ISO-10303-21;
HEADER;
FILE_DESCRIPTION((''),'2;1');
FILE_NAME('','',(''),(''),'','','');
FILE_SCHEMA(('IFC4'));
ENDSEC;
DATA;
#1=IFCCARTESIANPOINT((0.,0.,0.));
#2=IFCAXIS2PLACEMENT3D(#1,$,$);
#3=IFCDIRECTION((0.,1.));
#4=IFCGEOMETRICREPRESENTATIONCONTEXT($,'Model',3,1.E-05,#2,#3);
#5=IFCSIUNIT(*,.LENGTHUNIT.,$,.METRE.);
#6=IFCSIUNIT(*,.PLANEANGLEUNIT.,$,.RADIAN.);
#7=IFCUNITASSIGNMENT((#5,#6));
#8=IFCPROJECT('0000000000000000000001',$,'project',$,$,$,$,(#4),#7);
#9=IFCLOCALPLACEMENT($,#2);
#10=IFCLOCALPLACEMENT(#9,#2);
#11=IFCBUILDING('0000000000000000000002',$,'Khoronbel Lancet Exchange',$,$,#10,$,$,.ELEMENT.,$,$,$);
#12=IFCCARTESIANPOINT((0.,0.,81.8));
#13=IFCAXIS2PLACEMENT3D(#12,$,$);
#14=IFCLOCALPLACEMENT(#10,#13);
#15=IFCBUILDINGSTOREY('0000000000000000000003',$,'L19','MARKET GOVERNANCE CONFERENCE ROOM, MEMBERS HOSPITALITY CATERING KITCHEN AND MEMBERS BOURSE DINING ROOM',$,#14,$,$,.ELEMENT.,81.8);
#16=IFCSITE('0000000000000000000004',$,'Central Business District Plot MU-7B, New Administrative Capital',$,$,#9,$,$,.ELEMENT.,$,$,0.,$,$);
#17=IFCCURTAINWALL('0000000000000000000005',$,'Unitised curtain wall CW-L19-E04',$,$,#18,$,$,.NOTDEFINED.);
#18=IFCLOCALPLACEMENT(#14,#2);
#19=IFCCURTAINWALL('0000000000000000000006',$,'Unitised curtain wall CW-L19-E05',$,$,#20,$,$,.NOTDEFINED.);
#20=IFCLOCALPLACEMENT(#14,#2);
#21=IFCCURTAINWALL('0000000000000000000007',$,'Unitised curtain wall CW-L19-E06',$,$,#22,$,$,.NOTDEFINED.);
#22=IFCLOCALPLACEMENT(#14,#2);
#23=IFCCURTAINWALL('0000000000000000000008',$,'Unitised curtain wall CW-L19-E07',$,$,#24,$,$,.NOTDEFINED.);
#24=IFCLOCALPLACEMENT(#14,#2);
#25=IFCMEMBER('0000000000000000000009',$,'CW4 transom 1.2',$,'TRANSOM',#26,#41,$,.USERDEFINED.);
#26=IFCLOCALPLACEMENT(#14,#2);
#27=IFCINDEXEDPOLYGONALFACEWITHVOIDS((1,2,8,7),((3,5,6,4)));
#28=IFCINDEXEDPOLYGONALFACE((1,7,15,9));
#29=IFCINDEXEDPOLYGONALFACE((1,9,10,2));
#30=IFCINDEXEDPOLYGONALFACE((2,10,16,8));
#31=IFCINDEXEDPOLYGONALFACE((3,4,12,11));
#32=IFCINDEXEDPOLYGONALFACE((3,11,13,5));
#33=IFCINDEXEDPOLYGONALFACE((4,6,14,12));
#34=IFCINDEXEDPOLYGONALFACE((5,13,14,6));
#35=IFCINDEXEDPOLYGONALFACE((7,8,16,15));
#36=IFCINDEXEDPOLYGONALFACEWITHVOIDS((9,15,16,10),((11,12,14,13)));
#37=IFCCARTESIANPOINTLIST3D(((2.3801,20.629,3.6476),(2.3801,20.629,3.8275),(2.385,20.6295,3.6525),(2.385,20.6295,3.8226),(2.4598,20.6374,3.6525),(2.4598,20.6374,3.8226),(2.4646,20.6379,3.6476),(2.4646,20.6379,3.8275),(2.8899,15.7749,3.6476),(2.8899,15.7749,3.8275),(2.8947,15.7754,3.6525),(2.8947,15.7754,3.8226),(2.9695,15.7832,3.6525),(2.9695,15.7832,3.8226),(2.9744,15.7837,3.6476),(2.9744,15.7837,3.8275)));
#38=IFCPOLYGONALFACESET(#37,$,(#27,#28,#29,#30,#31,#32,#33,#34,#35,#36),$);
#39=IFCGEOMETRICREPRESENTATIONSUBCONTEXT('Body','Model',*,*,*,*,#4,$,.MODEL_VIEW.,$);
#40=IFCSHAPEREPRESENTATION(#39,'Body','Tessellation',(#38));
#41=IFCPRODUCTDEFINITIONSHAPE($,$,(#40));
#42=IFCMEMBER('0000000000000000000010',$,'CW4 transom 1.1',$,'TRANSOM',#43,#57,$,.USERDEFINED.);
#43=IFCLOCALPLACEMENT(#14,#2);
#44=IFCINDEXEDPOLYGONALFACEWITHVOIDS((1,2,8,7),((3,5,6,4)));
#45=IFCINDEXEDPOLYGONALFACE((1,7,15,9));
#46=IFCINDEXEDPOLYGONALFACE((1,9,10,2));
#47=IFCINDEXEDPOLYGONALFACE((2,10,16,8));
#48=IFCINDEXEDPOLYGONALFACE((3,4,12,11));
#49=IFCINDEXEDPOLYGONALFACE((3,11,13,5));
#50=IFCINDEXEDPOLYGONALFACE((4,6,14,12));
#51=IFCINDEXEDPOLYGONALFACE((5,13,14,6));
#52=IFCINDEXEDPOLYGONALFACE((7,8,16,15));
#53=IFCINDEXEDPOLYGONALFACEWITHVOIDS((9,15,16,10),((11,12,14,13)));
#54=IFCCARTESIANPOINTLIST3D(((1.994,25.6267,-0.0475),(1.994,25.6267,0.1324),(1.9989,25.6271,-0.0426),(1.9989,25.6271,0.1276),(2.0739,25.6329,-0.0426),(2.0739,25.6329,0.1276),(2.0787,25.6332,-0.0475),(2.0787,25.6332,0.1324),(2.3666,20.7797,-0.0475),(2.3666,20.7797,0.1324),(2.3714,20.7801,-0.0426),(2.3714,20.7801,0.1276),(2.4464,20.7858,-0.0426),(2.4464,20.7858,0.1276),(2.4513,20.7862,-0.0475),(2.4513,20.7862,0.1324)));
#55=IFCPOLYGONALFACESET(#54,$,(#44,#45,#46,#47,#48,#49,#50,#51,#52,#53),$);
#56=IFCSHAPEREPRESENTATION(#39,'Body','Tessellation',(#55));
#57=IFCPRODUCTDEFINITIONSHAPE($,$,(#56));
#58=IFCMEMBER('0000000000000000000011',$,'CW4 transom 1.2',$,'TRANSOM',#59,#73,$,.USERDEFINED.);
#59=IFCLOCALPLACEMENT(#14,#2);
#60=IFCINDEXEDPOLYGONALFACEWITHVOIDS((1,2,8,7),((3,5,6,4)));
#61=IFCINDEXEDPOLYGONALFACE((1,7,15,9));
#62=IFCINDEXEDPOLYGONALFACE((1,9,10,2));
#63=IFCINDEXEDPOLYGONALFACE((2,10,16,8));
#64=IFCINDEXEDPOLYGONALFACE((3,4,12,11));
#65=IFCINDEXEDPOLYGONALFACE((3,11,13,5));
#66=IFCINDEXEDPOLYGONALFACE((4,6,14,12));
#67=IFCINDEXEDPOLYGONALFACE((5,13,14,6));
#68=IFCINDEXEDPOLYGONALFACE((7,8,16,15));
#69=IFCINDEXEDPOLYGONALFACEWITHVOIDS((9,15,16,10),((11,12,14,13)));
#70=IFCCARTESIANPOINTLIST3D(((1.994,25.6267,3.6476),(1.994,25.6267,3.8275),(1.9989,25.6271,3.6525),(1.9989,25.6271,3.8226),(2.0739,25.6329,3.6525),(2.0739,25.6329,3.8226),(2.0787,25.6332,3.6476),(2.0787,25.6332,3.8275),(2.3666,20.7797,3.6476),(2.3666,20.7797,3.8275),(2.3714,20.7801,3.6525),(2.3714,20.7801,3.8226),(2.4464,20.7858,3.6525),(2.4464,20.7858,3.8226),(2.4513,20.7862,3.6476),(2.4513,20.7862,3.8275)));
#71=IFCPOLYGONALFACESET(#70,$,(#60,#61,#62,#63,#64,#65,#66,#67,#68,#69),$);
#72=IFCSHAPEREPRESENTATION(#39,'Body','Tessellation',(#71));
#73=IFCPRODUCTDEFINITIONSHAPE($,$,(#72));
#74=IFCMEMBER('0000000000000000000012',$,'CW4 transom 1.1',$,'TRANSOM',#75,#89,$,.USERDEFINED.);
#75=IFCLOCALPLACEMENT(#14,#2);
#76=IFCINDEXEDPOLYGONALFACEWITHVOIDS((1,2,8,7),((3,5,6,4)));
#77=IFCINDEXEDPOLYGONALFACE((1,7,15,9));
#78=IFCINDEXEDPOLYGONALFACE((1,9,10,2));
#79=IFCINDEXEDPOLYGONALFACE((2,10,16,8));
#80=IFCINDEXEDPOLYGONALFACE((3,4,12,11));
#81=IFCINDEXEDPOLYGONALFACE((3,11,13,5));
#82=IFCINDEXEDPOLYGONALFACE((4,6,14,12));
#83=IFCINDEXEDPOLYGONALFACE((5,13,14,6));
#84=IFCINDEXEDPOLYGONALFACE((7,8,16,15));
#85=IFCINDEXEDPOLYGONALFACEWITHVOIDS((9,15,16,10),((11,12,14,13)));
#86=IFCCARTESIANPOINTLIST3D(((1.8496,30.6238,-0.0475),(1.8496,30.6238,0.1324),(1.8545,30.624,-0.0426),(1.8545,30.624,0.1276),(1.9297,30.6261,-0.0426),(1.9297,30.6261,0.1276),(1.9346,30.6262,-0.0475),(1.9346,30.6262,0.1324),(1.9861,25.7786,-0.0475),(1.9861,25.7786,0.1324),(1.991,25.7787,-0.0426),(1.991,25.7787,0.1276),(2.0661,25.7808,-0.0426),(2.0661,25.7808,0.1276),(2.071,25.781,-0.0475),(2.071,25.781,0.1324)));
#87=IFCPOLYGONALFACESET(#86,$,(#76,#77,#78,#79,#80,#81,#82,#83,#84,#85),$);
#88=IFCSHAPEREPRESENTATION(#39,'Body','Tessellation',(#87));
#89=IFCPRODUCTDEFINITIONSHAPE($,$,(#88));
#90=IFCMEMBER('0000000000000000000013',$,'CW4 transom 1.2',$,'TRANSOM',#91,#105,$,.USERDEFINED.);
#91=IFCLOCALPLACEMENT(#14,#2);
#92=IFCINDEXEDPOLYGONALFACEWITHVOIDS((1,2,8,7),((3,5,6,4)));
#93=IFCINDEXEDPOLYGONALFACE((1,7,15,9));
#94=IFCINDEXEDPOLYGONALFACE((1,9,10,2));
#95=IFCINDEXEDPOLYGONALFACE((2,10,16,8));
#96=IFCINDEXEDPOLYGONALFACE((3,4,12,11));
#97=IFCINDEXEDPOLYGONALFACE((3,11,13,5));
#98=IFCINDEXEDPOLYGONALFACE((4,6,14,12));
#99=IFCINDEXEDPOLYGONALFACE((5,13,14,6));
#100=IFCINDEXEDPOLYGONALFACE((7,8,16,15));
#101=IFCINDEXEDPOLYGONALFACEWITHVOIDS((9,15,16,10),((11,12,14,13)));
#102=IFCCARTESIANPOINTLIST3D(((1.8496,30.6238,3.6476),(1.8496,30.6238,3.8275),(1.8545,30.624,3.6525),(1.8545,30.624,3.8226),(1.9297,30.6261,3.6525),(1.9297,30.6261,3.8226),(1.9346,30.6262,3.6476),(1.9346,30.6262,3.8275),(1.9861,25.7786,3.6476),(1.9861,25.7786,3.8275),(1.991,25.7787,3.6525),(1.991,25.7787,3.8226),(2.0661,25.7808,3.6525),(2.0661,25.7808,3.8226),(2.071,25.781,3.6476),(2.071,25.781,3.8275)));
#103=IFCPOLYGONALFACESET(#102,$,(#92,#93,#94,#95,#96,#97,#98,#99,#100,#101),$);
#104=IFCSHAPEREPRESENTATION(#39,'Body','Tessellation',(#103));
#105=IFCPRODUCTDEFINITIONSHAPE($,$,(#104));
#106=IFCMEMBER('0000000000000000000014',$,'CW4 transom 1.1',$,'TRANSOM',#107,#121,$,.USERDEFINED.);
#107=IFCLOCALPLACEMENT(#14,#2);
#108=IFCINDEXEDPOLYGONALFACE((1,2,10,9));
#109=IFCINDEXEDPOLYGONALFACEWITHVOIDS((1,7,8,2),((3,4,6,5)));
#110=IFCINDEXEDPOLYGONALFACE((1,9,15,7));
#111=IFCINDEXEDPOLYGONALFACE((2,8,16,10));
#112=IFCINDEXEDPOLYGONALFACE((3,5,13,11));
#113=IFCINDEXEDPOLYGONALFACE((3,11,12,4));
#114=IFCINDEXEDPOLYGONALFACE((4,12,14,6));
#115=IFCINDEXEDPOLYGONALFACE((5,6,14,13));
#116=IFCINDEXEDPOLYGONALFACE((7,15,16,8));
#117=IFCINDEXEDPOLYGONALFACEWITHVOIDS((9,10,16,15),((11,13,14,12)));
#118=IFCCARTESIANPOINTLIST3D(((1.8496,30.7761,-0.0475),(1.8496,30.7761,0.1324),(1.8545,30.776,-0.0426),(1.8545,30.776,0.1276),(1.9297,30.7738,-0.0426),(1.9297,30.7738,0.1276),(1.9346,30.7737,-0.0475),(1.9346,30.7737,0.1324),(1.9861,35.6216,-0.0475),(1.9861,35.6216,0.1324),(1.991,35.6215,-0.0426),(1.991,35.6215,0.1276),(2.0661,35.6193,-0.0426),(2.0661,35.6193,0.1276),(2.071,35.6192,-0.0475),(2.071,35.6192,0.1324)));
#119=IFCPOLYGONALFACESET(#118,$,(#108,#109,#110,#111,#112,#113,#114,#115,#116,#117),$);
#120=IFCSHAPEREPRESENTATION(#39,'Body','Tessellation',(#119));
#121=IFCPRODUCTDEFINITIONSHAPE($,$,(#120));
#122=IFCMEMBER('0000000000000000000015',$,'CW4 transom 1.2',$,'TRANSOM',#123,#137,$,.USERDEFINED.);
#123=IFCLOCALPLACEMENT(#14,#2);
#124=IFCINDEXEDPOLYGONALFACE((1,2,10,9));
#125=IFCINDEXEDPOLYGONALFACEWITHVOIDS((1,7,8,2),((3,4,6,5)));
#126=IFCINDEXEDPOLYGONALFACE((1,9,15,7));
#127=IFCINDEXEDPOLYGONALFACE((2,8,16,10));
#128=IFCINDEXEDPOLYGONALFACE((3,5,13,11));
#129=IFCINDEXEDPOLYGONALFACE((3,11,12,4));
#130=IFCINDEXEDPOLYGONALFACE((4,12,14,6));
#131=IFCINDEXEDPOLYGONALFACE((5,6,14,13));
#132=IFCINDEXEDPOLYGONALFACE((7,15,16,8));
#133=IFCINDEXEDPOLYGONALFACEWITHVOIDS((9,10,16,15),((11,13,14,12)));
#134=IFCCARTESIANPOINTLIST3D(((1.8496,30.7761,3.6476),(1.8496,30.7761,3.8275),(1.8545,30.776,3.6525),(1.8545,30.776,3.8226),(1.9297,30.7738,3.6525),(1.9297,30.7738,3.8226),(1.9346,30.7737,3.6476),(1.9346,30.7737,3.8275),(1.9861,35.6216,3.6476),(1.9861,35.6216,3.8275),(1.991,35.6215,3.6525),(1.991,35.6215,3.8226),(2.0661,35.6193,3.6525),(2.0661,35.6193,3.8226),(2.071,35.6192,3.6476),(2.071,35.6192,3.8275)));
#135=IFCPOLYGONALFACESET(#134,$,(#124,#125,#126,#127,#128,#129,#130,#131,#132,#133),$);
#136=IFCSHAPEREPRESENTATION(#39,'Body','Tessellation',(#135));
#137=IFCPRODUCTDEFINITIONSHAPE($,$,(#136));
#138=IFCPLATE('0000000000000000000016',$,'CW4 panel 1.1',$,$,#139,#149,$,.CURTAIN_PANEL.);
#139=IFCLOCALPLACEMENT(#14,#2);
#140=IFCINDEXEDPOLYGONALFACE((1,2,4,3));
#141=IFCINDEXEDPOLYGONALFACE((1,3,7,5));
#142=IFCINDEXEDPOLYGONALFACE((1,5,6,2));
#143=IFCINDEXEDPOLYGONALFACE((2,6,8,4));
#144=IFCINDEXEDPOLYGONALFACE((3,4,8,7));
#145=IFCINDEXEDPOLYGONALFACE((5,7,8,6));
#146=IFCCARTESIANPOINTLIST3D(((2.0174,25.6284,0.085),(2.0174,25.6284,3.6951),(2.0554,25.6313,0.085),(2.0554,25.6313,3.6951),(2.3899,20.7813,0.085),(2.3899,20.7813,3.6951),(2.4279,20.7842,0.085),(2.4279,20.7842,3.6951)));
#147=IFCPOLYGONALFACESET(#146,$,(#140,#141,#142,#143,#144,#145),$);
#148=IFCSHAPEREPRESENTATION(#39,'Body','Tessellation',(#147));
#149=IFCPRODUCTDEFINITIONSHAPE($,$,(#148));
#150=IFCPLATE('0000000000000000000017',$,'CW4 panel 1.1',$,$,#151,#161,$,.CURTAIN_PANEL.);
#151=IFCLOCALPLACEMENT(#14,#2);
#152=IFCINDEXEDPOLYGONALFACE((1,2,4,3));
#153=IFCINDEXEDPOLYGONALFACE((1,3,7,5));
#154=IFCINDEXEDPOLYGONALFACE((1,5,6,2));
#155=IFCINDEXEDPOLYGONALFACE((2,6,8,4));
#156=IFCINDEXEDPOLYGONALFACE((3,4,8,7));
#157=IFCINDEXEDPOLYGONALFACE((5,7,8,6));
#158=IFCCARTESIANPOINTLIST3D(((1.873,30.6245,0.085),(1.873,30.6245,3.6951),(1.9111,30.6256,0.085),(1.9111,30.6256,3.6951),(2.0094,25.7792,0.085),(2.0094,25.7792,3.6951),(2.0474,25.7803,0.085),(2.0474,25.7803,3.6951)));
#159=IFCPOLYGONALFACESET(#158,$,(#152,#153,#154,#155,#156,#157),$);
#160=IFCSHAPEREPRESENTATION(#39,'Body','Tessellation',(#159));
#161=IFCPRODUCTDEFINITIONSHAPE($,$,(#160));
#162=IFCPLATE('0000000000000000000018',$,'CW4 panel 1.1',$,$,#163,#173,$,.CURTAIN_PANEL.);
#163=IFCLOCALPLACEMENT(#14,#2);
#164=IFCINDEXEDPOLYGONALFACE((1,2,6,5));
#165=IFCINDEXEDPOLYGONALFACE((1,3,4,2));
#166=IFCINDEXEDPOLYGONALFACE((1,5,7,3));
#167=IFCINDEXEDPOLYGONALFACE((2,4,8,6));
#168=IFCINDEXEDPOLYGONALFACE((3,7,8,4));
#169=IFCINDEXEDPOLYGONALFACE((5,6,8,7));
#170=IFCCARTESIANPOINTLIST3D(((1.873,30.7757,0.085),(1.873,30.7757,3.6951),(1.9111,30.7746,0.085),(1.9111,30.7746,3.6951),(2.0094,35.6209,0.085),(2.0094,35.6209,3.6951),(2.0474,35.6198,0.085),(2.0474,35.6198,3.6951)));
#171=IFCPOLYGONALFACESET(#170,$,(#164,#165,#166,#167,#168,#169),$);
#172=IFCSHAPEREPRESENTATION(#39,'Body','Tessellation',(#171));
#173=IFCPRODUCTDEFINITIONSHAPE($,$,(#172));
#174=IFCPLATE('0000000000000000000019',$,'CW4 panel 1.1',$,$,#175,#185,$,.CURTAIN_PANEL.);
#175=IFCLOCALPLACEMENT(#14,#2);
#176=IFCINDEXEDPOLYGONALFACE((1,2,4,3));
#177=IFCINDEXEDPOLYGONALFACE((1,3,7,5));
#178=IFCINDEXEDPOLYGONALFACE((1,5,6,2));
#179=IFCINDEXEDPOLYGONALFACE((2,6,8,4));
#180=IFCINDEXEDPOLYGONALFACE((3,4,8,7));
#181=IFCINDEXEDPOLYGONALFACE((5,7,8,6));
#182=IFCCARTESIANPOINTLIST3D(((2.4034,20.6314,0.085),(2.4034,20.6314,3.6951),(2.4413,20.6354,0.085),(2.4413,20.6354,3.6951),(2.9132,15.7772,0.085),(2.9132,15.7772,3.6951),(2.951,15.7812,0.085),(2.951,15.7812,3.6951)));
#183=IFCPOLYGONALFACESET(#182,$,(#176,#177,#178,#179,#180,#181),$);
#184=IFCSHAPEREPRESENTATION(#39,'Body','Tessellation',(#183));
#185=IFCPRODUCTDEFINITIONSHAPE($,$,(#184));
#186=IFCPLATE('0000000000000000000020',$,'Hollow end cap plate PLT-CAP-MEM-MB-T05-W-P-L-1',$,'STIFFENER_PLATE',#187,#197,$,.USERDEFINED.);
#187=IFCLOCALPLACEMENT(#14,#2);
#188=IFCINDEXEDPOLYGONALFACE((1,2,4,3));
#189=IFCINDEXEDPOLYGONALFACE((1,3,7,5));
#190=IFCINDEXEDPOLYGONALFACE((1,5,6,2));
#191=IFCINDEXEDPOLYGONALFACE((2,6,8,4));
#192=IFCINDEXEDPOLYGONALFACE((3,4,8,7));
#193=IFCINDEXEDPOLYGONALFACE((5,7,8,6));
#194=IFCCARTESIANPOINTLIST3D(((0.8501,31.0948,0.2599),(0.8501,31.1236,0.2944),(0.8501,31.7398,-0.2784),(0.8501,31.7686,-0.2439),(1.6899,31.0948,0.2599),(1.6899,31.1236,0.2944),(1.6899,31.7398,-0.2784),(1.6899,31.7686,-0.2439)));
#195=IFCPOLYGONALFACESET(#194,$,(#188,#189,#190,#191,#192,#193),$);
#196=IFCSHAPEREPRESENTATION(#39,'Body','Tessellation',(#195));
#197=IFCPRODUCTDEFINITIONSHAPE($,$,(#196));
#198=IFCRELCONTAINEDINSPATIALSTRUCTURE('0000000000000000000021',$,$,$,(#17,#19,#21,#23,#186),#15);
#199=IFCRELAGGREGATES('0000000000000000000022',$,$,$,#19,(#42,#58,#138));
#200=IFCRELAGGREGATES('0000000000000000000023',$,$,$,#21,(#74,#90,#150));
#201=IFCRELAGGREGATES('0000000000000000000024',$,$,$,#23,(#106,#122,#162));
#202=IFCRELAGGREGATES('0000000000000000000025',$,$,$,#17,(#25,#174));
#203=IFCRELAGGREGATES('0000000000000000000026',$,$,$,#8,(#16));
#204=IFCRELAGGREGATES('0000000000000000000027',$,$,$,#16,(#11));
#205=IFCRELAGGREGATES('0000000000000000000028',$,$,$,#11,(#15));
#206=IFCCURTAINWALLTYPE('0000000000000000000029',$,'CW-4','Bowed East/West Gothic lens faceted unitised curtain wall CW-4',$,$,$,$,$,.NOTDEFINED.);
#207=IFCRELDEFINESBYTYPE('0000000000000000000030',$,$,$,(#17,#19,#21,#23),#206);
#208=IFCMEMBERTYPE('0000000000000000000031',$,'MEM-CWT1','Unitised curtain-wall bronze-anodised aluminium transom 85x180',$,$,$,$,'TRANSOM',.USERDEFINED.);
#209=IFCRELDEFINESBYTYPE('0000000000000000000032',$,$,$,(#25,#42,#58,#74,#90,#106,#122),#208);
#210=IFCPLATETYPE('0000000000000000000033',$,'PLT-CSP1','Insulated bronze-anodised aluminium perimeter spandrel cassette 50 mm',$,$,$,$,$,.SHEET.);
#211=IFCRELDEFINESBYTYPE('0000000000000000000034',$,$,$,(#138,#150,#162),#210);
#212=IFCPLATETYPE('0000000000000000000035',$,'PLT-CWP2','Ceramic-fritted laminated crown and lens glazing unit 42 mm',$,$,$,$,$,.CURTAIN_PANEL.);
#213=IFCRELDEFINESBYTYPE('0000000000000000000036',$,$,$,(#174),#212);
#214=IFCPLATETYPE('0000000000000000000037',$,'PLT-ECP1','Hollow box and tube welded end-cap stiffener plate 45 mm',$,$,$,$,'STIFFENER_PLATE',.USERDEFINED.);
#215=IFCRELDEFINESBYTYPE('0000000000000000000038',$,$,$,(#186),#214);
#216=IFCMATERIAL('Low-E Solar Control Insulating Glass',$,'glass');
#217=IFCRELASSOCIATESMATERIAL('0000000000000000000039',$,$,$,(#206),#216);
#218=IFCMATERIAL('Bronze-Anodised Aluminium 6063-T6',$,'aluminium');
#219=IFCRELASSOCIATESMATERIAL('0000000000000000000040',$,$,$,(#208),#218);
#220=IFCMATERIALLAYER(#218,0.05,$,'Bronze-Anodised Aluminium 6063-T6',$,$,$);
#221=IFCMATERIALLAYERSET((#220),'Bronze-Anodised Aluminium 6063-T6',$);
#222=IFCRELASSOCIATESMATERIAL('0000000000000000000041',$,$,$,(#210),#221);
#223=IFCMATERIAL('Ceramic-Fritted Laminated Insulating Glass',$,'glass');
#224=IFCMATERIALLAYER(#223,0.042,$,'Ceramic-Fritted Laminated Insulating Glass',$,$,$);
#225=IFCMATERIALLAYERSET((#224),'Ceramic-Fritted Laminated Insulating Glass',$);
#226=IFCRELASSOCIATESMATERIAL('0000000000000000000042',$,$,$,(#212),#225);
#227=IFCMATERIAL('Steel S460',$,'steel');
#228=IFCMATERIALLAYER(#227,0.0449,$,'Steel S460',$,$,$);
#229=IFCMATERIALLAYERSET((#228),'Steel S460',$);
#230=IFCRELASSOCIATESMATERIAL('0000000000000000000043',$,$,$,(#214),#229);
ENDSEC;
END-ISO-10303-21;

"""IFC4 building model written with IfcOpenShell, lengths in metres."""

from ifc_helpers import new_model, si_unit, direction, frame, origin, origin_2d, place, context, subcontext, project, spatial, polyline, rectangle, hollow_rectangle, outline, extrude, material, layer, layer_set, material_profile, profile_set, type_object, element, aggregate, save


model = new_model("IFC4")

# Units and contexts
model_context = context("Model", 3, precision=1e-05, world=origin(), true_north=direction((0.0, 1.0)))
body_context = subcontext(model_context, "Body", "Model", "MODEL_VIEW")
ifc_project = project(units=[si_unit("LENGTHUNIT", "METRE"), si_unit("PLANEANGLEUNIT", "RADIAN")], contexts=[model_context])

# Site, building, storey
site_placement = place(None, origin())
site = spatial("IfcSite", under=ifc_project, at=site_placement, Name="Central Business District Plot MU-7B, New Administrative Capital", CompositionType="ELEMENT", RefElevation=0.0)
building_placement = place(site_placement, origin())
building = spatial("IfcBuilding", under=site, at=building_placement, Name="Khoronbel Lancet Exchange", CompositionType="ELEMENT")
storey_placement = place(building_placement, frame((0.0, 0.0, 81.8)))
storey = spatial("IfcBuildingStorey", under=building, at=storey_placement, Name="L19", Description="MARKET GOVERNANCE CONFERENCE ROOM, MEMBERS HOSPITALITY CATERING KITCHEN AND MEMBERS BOURSE DINING ROOM", CompositionType="ELEMENT", Elevation=81.8)

# Curtain walls
ifc_material_1 = material(Name="Low-E Solar Control Insulating Glass", Category="glass")
curtain_wall_type = type_object("IfcCurtainWallType", Name="CW-4", Description="Bowed East/West Gothic lens faceted unitised curtain wall CW-4", PredefinedType="NOTDEFINED", material=ifc_material_1)
curtain_wall_1_placement = place(storey_placement, origin())
curtain_wall_1 = element("IfcCurtainWall", 1, at=curtain_wall_1_placement, inside=storey, type_object=curtain_wall_type, Name="Unitised curtain wall CW-L19-E04", PredefinedType="NOTDEFINED")
ifc_material_2 = material(Name="Bronze-Anodised Aluminium 6063-T6", Category="aluminium")
curtain_wall_2_placement = place(storey_placement, origin())
curtain_wall_2 = element("IfcCurtainWall", 2, at=curtain_wall_2_placement, inside=storey, type_object=curtain_wall_type, Name="Unitised curtain wall CW-L19-E05", PredefinedType="NOTDEFINED")
curtain_wall_3_placement = place(storey_placement, origin())
curtain_wall_3 = element("IfcCurtainWall", 3, at=curtain_wall_3_placement, inside=storey, type_object=curtain_wall_type, Name="Unitised curtain wall CW-L19-E06", PredefinedType="NOTDEFINED")

# Curtain wall
curtain_wall_4_placement = place(storey_placement, origin())
curtain_wall_4 = element("IfcCurtainWall", 4, at=curtain_wall_4_placement, inside=storey, type_object=curtain_wall_type, Name="Unitised curtain wall CW-L19-E07", PredefinedType="NOTDEFINED")

# Members
ifc_material_profile_1 = material_profile(ifc_material_2, hollow_rectangle(XDim=0.085, YDim=0.1799, WallThickness=0.0049, at=origin_2d()), Name="ALU TRANSOM 85x180")
ifc_profile_set_1 = profile_set([ifc_material_profile_1], Name="Bronze-Anodised Aluminium 6063-T6")
member_type_1 = type_object("IfcMemberType", Name="MEM-CWT1", Description="Unitised curtain-wall bronze-anodised aluminium transom 85x180", ElementType="TRANSOM", PredefinedType="USERDEFINED", material=ifc_profile_set_1)
member_1_placement = place(storey_placement, frame((2.9321, 15.7793, 3.7375), z_axis=(-0.10444, 0.994531, 0.0), x_axis=(-0.994531, -0.10444, 0.0)))
member_1 = element("IfcMember", 5, at=member_1_placement, type_object=member_type_1, Name="CW4 transom 1.2", ObjectType="TRANSOM", PredefinedType="USERDEFINED", context=body_context, shape_type="SweptSolid", body=[
    extrude(hollow_rectangle(XDim=0.085, YDim=0.1799, WallThickness=0.0049, at=origin_2d()), origin(), (0.0, 0.0, 1.0), 4.8809),
])
member_2_placement = place(storey_placement, frame((2.4089, 20.783, 0.0425), z_axis=(-0.076639, 0.997059, 0.0), x_axis=(-0.997059, -0.076639, 0.0)))
member_2 = element("IfcMember", 6, at=member_2_placement, type_object=member_type_1, Name="CW4 transom 1.1", ObjectType="TRANSOM", PredefinedType="USERDEFINED", context=body_context, shape_type="SweptSolid", body=[
    extrude(hollow_rectangle(XDim=0.085, YDim=0.1799, WallThickness=0.0049, at=origin_2d()), origin(), (0.0, 0.0, 1.0), 4.8613),
])
member_3_placement = place(storey_placement, frame((2.4089, 20.783, 3.7375), z_axis=(-0.076639, 0.997059, 0.0), x_axis=(-0.997059, -0.076639, 0.0)))
member_3 = element("IfcMember", 7, at=member_3_placement, type_object=member_type_1, Name="CW4 transom 1.2", ObjectType="TRANSOM", PredefinedType="USERDEFINED", context=body_context, shape_type="SweptSolid", body=[
    extrude(hollow_rectangle(XDim=0.085, YDim=0.1799, WallThickness=0.0049, at=origin_2d()), origin(), (0.0, 0.0, 1.0), 4.8613),
])
member_4_placement = place(storey_placement, frame((2.0286, 25.7798, 0.0425), z_axis=(-0.028156, 0.999604, 0.0), x_axis=(-0.999604, -0.028156, 0.0)))
member_4 = element("IfcMember", 8, at=member_4_placement, type_object=member_type_1, Name="CW4 transom 1.1", ObjectType="TRANSOM", PredefinedType="USERDEFINED", context=body_context, shape_type="SweptSolid", body=[
    extrude(hollow_rectangle(XDim=0.085, YDim=0.1799, WallThickness=0.0049, at=origin_2d()), origin(), (0.0, 0.0, 1.0), 4.8472),
])
member_5_placement = place(storey_placement, frame((2.0286, 25.7798, 3.7375), z_axis=(-0.028156, 0.999604, 0.0), x_axis=(-0.999604, -0.028156, 0.0)))
member_5 = element("IfcMember", 9, at=member_5_placement, type_object=member_type_1, Name="CW4 transom 1.2", ObjectType="TRANSOM", PredefinedType="USERDEFINED", context=body_context, shape_type="SweptSolid", body=[
    extrude(hollow_rectangle(XDim=0.085, YDim=0.1799, WallThickness=0.0049, at=origin_2d()), origin(), (0.0, 0.0, 1.0), 4.8472),
])
member_6_placement = place(storey_placement, frame((1.8921, 30.7749, 0.0425), z_axis=(0.028154, 0.999604, 0.0), x_axis=(-0.999604, 0.028154, 0.0)))
member_6 = element("IfcMember", 10, at=member_6_placement, type_object=member_type_1, Name="CW4 transom 1.1", ObjectType="TRANSOM", PredefinedType="USERDEFINED", context=body_context, shape_type="SweptSolid", body=[
    extrude(hollow_rectangle(XDim=0.085, YDim=0.1799, WallThickness=0.0049, at=origin_2d()), origin(), (0.0, 0.0, 1.0), 4.8474),
])
member_7_placement = place(storey_placement, frame((1.8921, 30.7749, 3.7375), z_axis=(0.028154, 0.999604, 0.0), x_axis=(-0.999604, 0.028154, 0.0)))
member_7 = element("IfcMember", 11, at=member_7_placement, type_object=member_type_1, Name="CW4 transom 1.2", ObjectType="TRANSOM", PredefinedType="USERDEFINED", context=body_context, shape_type="SweptSolid", body=[
    extrude(hollow_rectangle(XDim=0.085, YDim=0.1799, WallThickness=0.0049, at=origin_2d()), origin(), (0.0, 0.0, 1.0), 4.8474),
])

# Plates
ifc_layer_1 = layer(ifc_material_2, 0.05, Name="Bronze-Anodised Aluminium 6063-T6")
ifc_layer_set_1 = layer_set([ifc_layer_1], Name="Bronze-Anodised Aluminium 6063-T6")
plate_type_1 = type_object("IfcPlateType", Name="PLT-CSP1", Description="Insulated bronze-anodised aluminium perimeter spandrel cassette 50 mm", PredefinedType="SHEET", material=ifc_layer_set_1)
plate_1_placement = place(storey_placement, frame((2.2227, 23.2063, 0.085), z_axis=(0.0, 0.0, 1.0), x_axis=(-0.076626, 0.99706, 0.0)))
plate_1 = element("IfcPlate", 12, at=plate_1_placement, type_object=plate_type_1, Name="CW4 panel 1.1", PredefinedType="CURTAIN_PANEL", context=body_context, shape_type="SweptSolid", body=[
    extrude(rectangle(XDim=4.8613, YDim=0.0381, at=origin_2d()), origin(), (0.0, 0.0, 1.0), 3.6101),
])
aggregate(curtain_wall_2, [member_2, member_3, plate_1])
plate_2_placement = place(storey_placement, frame((1.9602, 28.2024, 0.085), z_axis=(0.0, 0.0, 1.0), x_axis=(-0.028135, 0.999604, 0.0)))
plate_2 = element("IfcPlate", 13, at=plate_2_placement, type_object=plate_type_1, Name="CW4 panel 1.1", PredefinedType="CURTAIN_PANEL", context=body_context, shape_type="SweptSolid", body=[
    extrude(rectangle(XDim=4.8472, YDim=0.0381, at=origin_2d()), origin(), (0.0, 0.0, 1.0), 3.6101),
])
aggregate(curtain_wall_3, [member_4, member_5, plate_2])
plate_3_placement = place(storey_placement, frame((1.9602, 33.1978, 0.085), z_axis=(0.0, 0.0, 1.0), x_axis=(0.028135, 0.999604, 0.0)))
plate_3 = element("IfcPlate", 14, at=plate_3_placement, type_object=plate_type_1, Name="CW4 panel 1.1", PredefinedType="CURTAIN_PANEL", context=body_context, shape_type="SweptSolid", body=[
    extrude(rectangle(XDim=4.8472, YDim=0.0381, at=origin_2d()), origin(), (0.0, 0.0, 1.0), 3.6101),
])
aggregate(curtain_wall_4, [member_6, member_7, plate_3])
ifc_material_3 = material(Name="Ceramic-Fritted Laminated Insulating Glass", Category="glass")
ifc_layer_2 = layer(ifc_material_3, 0.042, Name="Ceramic-Fritted Laminated Insulating Glass")
ifc_layer_set_2 = layer_set([ifc_layer_2], Name="Ceramic-Fritted Laminated Insulating Glass")
plate_type_2 = type_object("IfcPlateType", Name="PLT-CWP2", Description="Ceramic-fritted laminated crown and lens glazing unit 42 mm", PredefinedType="CURTAIN_PANEL", material=ifc_layer_set_2)
plate_4_placement = place(storey_placement, frame((2.6772, 18.2063, 0.085), z_axis=(0.0, 0.0, 1.0), x_axis=(-0.104434, 0.994532, 0.0)))
plate_4 = element("IfcPlate", 15, at=plate_4_placement, type_object=plate_type_2, Name="CW4 panel 1.1", PredefinedType="CURTAIN_PANEL", context=body_context, shape_type="SweptSolid", body=[
    extrude(rectangle(XDim=4.8809, YDim=0.0381, at=origin_2d()), origin(), (0.0, 0.0, 1.0), 3.6101),
])
aggregate(curtain_wall_1, [member_1, plate_4])

# Plate
ifc_material_4 = material(Name="Steel S460", Category="steel")
ifc_layer_3 = layer(ifc_material_4, 0.0449, Name="Steel S460")
ifc_layer_set_3 = layer_set([ifc_layer_3], Name="Steel S460")
plate_type_3 = type_object("IfcPlateType", Name="PLT-ECP1", Description="Hollow box and tube welded end-cap stiffener plate 45 mm", ElementType="STIFFENER_PLATE", PredefinedType="USERDEFINED", material=ifc_layer_set_3)
plate_5_placement = place(storey_placement, frame((1.6899, 31.7686, -0.2439), z_axis=(0.0, 0.640756, 0.767745), x_axis=(-1.0, 0.0, 0.0)))
element("IfcPlate", 16, at=plate_5_placement, inside=storey, type_object=plate_type_3, Name="Hollow end cap plate PLT-CAP-MEM-MB-T05-W-P-L-1", ObjectType="STIFFENER_PLATE", PredefinedType="USERDEFINED", context=body_context, shape_type="SweptSolid", body=[
    extrude(outline(polyline([(0.0, 0.0), (0.8398, 0.0), (0.8398, 0.8401), (0.0, 0.8401), (0.0, 0.0)])), origin(), (0.0, 0.0, -1.0), 0.0449),
])

save(model, "model.ifc")
